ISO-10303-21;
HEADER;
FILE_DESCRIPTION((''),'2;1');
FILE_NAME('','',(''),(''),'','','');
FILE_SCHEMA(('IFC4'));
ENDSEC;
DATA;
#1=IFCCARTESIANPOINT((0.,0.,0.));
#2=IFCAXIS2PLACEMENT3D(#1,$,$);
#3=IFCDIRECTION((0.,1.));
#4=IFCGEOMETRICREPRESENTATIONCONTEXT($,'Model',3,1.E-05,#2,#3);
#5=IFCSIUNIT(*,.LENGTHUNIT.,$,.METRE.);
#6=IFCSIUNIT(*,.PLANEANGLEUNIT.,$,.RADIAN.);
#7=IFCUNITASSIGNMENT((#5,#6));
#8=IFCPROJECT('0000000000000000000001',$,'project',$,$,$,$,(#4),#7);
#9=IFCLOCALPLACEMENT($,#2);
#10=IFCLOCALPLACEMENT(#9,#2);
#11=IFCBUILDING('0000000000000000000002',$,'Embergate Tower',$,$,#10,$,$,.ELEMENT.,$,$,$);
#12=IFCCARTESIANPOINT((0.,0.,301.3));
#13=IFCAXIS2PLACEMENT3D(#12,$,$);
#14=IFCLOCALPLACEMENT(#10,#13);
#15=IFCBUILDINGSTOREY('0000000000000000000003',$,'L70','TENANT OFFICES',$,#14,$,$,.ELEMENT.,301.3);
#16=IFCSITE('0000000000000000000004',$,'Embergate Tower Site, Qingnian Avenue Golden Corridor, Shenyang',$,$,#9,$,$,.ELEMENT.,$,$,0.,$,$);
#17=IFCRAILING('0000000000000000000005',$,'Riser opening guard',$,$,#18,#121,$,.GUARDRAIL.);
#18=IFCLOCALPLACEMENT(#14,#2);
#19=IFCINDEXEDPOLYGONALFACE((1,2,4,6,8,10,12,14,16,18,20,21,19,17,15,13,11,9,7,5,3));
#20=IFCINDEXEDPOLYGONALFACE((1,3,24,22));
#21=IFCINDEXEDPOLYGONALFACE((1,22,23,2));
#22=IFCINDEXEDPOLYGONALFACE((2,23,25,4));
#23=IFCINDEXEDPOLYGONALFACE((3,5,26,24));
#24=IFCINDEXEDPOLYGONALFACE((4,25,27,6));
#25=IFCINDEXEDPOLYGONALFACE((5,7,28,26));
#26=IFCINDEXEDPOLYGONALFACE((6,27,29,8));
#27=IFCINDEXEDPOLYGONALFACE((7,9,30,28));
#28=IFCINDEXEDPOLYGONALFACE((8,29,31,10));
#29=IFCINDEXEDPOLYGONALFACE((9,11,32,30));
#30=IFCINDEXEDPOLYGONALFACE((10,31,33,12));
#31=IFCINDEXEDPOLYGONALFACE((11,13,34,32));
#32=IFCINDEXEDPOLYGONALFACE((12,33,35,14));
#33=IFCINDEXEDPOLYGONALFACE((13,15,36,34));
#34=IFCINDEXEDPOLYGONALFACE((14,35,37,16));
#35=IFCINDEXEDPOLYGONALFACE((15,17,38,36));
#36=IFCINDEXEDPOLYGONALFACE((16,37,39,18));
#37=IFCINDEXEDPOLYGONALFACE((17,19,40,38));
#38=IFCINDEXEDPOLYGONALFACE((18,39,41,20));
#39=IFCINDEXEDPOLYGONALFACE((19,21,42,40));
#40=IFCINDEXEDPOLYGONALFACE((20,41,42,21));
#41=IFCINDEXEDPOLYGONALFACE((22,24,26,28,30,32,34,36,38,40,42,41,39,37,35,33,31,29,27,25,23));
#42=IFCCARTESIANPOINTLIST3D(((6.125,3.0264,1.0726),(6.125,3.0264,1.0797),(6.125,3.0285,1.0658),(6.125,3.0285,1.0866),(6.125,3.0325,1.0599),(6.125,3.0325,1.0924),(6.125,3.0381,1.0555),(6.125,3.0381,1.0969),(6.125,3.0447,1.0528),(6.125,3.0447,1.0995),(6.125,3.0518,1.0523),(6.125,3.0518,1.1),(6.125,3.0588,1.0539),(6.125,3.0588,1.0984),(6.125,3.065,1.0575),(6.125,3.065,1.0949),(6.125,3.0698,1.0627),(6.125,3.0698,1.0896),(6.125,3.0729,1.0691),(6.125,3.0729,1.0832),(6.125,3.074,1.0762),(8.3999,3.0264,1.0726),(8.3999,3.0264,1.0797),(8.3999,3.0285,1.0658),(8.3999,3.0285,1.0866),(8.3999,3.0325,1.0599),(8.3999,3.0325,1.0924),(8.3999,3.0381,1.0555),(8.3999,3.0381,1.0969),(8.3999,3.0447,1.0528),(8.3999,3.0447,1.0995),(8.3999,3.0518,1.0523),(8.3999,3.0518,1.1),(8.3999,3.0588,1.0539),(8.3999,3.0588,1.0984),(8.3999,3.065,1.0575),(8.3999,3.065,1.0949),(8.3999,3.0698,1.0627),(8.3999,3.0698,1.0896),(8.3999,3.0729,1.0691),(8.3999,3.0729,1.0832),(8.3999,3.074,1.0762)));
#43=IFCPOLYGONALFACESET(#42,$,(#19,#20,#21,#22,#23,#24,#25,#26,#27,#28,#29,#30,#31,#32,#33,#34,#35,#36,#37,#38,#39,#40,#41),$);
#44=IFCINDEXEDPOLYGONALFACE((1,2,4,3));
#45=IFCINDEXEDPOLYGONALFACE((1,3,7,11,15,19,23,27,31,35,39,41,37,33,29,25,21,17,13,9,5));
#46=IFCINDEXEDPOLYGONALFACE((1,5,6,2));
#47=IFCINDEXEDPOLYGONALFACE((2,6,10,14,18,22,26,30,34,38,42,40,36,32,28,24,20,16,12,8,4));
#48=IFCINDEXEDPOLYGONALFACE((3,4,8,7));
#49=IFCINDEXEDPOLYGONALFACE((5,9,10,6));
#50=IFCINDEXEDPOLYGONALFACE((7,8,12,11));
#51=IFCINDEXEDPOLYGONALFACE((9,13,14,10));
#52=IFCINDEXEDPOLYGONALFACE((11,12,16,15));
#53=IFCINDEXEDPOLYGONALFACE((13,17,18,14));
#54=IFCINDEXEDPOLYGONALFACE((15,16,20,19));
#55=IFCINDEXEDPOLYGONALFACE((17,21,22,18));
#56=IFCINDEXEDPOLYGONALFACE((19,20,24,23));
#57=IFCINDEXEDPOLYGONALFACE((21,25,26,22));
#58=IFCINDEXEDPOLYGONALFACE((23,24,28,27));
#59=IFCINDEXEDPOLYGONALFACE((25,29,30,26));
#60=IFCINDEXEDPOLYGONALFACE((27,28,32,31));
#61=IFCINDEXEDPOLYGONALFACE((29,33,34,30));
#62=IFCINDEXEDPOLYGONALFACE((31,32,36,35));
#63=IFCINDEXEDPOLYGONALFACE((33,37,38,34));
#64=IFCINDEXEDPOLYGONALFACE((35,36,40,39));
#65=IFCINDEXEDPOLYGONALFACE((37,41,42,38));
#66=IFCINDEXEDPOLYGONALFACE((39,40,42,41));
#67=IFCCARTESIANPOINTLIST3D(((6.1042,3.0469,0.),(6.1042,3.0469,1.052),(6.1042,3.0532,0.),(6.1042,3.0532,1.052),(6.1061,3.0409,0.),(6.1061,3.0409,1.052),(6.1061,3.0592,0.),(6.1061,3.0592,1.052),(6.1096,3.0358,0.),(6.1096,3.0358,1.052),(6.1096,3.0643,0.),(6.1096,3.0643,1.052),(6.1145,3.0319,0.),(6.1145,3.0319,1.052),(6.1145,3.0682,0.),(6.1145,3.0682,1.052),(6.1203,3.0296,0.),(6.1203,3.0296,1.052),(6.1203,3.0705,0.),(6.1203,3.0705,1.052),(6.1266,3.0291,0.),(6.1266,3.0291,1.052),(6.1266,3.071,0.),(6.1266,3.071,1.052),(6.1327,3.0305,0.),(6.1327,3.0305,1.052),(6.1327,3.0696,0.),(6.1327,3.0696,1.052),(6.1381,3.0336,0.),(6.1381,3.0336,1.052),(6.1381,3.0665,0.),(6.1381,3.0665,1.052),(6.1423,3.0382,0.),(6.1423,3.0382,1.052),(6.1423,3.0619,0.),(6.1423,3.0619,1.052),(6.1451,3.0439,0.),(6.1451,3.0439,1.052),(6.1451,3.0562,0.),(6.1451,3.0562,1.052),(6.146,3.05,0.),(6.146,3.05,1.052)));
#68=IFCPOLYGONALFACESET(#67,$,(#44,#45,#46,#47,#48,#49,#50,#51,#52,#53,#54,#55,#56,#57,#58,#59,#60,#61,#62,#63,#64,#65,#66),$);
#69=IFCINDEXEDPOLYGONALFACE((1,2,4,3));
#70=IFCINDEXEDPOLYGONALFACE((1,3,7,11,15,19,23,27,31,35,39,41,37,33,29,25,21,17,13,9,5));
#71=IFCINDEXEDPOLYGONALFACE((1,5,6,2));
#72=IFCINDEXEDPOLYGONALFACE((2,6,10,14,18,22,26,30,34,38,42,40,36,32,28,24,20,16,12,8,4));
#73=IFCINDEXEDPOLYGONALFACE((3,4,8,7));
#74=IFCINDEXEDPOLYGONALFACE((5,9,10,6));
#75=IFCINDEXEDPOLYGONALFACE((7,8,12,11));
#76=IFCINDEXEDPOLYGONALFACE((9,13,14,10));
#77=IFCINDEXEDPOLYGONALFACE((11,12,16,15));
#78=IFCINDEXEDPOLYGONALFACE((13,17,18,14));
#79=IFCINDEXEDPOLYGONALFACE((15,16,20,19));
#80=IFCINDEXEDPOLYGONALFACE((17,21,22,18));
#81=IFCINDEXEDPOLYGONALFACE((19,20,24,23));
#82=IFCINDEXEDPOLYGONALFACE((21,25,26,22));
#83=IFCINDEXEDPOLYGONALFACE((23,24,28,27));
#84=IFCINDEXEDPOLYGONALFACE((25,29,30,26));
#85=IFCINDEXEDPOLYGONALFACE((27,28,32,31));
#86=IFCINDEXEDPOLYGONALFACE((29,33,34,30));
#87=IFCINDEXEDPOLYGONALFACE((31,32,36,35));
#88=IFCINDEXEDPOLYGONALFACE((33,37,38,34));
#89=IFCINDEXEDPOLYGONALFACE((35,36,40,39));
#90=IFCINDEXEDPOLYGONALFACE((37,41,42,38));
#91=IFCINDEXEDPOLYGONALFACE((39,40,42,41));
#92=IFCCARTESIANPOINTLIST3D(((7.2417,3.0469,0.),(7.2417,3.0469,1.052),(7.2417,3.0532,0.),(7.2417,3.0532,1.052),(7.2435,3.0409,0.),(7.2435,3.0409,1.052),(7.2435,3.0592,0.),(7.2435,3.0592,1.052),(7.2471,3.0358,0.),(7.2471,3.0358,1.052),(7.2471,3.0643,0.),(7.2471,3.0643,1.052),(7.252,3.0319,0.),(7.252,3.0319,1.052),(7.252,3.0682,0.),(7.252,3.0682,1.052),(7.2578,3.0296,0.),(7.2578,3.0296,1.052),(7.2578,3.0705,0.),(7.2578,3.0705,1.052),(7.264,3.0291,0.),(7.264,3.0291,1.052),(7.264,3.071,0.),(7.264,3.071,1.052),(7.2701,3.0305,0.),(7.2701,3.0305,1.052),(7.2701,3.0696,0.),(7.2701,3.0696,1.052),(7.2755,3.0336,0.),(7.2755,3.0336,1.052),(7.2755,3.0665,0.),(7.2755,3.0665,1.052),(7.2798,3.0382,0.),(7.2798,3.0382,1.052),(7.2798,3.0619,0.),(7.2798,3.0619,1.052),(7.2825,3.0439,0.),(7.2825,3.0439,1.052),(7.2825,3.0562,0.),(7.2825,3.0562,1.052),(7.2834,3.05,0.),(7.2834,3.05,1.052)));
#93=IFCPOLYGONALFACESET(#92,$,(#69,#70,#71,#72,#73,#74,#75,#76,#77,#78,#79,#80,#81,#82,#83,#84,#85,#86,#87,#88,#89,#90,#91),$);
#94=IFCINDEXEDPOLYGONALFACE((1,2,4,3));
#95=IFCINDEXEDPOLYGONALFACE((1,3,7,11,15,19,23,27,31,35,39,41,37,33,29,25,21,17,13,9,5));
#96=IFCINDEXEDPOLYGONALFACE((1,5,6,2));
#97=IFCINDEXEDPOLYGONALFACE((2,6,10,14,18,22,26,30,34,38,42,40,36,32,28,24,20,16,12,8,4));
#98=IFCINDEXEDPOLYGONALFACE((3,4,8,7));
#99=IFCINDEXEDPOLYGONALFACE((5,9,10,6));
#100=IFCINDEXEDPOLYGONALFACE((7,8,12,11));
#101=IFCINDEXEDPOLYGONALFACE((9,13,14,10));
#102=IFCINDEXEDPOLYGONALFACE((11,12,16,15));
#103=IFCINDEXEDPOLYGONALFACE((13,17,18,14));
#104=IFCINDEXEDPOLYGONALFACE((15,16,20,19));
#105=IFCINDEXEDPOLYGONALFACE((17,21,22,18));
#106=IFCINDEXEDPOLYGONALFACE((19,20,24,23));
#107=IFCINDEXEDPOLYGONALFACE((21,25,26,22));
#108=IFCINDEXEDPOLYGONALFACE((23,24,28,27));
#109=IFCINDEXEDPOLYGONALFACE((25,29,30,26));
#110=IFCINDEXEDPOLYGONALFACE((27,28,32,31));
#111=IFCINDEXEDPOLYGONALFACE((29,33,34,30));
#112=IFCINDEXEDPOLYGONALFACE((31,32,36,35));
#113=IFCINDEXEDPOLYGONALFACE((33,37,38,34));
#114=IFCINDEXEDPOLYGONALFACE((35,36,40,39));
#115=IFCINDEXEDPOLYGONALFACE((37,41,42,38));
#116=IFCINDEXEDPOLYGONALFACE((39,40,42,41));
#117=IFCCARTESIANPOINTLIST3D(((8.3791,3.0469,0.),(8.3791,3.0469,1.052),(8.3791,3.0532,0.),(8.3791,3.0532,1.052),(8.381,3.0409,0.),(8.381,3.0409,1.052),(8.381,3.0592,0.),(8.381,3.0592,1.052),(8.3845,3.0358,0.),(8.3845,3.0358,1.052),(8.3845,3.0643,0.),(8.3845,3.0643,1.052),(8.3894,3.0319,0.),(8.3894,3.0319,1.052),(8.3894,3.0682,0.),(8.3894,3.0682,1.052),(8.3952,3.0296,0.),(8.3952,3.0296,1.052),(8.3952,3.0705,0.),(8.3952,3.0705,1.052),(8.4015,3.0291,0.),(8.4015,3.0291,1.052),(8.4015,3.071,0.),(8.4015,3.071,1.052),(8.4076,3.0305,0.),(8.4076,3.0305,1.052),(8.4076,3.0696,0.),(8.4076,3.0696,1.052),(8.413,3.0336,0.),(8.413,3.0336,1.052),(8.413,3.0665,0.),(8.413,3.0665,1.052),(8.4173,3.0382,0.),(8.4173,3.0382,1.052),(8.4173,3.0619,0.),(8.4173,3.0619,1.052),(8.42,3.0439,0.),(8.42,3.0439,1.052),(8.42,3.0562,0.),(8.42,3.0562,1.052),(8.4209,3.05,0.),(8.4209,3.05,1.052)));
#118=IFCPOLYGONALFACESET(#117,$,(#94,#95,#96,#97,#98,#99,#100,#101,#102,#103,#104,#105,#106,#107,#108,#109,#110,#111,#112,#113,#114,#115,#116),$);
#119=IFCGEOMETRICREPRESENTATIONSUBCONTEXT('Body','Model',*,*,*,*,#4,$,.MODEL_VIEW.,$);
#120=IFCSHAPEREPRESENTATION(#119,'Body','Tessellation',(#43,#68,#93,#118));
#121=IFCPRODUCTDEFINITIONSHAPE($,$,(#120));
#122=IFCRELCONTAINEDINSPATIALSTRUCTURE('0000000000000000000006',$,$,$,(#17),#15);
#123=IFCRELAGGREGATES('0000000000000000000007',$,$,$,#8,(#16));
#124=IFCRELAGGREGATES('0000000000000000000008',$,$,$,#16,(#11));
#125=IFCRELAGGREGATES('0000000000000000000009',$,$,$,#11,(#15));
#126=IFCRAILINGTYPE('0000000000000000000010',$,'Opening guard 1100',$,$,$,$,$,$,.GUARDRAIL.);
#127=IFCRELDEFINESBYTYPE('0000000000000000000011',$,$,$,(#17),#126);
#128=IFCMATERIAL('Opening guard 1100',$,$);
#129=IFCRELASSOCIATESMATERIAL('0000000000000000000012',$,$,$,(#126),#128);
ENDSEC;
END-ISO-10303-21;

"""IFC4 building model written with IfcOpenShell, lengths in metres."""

from ifc_helpers import new_model, si_unit, direction, frame, origin, origin_2d, place, context, subcontext, project, spatial, circle, extrude, source, transform, mapped, material, type_object, element, save


model = new_model("IFC4")

# Units and contexts
model_context = context("Model", 3, precision=1e-05, world=origin(), true_north=direction((0.0, 1.0)))
body_context = subcontext(model_context, "Body", "Model", "MODEL_VIEW")
ifc_project = project(units=[si_unit("LENGTHUNIT", "METRE"), si_unit("PLANEANGLEUNIT", "RADIAN")], contexts=[model_context])

# Site, building, storey
site_placement = place(None, origin())
site = spatial("IfcSite", under=ifc_project, at=site_placement, Name="Embergate Tower Site, Qingnian Avenue Golden Corridor, Shenyang", CompositionType="ELEMENT", RefElevation=0.0)
building_placement = place(site_placement, origin())
building = spatial("IfcBuilding", under=site, at=building_placement, Name="Embergate Tower", CompositionType="ELEMENT")
storey_placement = place(building_placement, frame((0.0, 0.0, 301.3)))
storey = spatial("IfcBuildingStorey", under=building, at=storey_placement, Name="L70", Description="TENANT OFFICES", CompositionType="ELEMENT", Elevation=301.3)

# Railing
ifc_material_1 = material(Name="Opening guard 1100")
railing_type = type_object("IfcRailingType", Name="Opening guard 1100", PredefinedType="GUARDRAIL", material=ifc_material_1)
shared_shape_1 = source(origin(), body_context, "Body", "SweptSolid", [
    extrude(circle(Radius=0.0239, at=origin_2d()), frame((0.0, 0.0, 1.0762), z_axis=(1.0, 0.0, 0.0), x_axis=(0.0, 1.0, 0.0)), (0.0, 0.0, 1.0), 2.2749),
    extrude(circle(Radius=0.021, at=origin_2d()), origin(), (0.0, 0.0, 1.0), 1.052),
    extrude(circle(Radius=0.021, at=origin_2d()), frame((1.1375, 0.0, 0.0)), (0.0, 0.0, 1.0), 1.052),
    extrude(circle(Radius=0.021, at=origin_2d()), frame((2.2749, 0.0, 0.0)), (0.0, 0.0, 1.0), 1.052),
])
railing_placement = place(storey_placement, frame((6.125, 3.05, 0.0)))
element("IfcRailing", 1, at=railing_placement, inside=storey, type_object=railing_type, Name="Riser opening guard", PredefinedType="GUARDRAIL", context=body_context, shape_type="MappedRepresentation", body=[
    mapped(shared_shape_1, transform((0.0, 0.0, 0.0))),
])

save(model, "model.ifc")
